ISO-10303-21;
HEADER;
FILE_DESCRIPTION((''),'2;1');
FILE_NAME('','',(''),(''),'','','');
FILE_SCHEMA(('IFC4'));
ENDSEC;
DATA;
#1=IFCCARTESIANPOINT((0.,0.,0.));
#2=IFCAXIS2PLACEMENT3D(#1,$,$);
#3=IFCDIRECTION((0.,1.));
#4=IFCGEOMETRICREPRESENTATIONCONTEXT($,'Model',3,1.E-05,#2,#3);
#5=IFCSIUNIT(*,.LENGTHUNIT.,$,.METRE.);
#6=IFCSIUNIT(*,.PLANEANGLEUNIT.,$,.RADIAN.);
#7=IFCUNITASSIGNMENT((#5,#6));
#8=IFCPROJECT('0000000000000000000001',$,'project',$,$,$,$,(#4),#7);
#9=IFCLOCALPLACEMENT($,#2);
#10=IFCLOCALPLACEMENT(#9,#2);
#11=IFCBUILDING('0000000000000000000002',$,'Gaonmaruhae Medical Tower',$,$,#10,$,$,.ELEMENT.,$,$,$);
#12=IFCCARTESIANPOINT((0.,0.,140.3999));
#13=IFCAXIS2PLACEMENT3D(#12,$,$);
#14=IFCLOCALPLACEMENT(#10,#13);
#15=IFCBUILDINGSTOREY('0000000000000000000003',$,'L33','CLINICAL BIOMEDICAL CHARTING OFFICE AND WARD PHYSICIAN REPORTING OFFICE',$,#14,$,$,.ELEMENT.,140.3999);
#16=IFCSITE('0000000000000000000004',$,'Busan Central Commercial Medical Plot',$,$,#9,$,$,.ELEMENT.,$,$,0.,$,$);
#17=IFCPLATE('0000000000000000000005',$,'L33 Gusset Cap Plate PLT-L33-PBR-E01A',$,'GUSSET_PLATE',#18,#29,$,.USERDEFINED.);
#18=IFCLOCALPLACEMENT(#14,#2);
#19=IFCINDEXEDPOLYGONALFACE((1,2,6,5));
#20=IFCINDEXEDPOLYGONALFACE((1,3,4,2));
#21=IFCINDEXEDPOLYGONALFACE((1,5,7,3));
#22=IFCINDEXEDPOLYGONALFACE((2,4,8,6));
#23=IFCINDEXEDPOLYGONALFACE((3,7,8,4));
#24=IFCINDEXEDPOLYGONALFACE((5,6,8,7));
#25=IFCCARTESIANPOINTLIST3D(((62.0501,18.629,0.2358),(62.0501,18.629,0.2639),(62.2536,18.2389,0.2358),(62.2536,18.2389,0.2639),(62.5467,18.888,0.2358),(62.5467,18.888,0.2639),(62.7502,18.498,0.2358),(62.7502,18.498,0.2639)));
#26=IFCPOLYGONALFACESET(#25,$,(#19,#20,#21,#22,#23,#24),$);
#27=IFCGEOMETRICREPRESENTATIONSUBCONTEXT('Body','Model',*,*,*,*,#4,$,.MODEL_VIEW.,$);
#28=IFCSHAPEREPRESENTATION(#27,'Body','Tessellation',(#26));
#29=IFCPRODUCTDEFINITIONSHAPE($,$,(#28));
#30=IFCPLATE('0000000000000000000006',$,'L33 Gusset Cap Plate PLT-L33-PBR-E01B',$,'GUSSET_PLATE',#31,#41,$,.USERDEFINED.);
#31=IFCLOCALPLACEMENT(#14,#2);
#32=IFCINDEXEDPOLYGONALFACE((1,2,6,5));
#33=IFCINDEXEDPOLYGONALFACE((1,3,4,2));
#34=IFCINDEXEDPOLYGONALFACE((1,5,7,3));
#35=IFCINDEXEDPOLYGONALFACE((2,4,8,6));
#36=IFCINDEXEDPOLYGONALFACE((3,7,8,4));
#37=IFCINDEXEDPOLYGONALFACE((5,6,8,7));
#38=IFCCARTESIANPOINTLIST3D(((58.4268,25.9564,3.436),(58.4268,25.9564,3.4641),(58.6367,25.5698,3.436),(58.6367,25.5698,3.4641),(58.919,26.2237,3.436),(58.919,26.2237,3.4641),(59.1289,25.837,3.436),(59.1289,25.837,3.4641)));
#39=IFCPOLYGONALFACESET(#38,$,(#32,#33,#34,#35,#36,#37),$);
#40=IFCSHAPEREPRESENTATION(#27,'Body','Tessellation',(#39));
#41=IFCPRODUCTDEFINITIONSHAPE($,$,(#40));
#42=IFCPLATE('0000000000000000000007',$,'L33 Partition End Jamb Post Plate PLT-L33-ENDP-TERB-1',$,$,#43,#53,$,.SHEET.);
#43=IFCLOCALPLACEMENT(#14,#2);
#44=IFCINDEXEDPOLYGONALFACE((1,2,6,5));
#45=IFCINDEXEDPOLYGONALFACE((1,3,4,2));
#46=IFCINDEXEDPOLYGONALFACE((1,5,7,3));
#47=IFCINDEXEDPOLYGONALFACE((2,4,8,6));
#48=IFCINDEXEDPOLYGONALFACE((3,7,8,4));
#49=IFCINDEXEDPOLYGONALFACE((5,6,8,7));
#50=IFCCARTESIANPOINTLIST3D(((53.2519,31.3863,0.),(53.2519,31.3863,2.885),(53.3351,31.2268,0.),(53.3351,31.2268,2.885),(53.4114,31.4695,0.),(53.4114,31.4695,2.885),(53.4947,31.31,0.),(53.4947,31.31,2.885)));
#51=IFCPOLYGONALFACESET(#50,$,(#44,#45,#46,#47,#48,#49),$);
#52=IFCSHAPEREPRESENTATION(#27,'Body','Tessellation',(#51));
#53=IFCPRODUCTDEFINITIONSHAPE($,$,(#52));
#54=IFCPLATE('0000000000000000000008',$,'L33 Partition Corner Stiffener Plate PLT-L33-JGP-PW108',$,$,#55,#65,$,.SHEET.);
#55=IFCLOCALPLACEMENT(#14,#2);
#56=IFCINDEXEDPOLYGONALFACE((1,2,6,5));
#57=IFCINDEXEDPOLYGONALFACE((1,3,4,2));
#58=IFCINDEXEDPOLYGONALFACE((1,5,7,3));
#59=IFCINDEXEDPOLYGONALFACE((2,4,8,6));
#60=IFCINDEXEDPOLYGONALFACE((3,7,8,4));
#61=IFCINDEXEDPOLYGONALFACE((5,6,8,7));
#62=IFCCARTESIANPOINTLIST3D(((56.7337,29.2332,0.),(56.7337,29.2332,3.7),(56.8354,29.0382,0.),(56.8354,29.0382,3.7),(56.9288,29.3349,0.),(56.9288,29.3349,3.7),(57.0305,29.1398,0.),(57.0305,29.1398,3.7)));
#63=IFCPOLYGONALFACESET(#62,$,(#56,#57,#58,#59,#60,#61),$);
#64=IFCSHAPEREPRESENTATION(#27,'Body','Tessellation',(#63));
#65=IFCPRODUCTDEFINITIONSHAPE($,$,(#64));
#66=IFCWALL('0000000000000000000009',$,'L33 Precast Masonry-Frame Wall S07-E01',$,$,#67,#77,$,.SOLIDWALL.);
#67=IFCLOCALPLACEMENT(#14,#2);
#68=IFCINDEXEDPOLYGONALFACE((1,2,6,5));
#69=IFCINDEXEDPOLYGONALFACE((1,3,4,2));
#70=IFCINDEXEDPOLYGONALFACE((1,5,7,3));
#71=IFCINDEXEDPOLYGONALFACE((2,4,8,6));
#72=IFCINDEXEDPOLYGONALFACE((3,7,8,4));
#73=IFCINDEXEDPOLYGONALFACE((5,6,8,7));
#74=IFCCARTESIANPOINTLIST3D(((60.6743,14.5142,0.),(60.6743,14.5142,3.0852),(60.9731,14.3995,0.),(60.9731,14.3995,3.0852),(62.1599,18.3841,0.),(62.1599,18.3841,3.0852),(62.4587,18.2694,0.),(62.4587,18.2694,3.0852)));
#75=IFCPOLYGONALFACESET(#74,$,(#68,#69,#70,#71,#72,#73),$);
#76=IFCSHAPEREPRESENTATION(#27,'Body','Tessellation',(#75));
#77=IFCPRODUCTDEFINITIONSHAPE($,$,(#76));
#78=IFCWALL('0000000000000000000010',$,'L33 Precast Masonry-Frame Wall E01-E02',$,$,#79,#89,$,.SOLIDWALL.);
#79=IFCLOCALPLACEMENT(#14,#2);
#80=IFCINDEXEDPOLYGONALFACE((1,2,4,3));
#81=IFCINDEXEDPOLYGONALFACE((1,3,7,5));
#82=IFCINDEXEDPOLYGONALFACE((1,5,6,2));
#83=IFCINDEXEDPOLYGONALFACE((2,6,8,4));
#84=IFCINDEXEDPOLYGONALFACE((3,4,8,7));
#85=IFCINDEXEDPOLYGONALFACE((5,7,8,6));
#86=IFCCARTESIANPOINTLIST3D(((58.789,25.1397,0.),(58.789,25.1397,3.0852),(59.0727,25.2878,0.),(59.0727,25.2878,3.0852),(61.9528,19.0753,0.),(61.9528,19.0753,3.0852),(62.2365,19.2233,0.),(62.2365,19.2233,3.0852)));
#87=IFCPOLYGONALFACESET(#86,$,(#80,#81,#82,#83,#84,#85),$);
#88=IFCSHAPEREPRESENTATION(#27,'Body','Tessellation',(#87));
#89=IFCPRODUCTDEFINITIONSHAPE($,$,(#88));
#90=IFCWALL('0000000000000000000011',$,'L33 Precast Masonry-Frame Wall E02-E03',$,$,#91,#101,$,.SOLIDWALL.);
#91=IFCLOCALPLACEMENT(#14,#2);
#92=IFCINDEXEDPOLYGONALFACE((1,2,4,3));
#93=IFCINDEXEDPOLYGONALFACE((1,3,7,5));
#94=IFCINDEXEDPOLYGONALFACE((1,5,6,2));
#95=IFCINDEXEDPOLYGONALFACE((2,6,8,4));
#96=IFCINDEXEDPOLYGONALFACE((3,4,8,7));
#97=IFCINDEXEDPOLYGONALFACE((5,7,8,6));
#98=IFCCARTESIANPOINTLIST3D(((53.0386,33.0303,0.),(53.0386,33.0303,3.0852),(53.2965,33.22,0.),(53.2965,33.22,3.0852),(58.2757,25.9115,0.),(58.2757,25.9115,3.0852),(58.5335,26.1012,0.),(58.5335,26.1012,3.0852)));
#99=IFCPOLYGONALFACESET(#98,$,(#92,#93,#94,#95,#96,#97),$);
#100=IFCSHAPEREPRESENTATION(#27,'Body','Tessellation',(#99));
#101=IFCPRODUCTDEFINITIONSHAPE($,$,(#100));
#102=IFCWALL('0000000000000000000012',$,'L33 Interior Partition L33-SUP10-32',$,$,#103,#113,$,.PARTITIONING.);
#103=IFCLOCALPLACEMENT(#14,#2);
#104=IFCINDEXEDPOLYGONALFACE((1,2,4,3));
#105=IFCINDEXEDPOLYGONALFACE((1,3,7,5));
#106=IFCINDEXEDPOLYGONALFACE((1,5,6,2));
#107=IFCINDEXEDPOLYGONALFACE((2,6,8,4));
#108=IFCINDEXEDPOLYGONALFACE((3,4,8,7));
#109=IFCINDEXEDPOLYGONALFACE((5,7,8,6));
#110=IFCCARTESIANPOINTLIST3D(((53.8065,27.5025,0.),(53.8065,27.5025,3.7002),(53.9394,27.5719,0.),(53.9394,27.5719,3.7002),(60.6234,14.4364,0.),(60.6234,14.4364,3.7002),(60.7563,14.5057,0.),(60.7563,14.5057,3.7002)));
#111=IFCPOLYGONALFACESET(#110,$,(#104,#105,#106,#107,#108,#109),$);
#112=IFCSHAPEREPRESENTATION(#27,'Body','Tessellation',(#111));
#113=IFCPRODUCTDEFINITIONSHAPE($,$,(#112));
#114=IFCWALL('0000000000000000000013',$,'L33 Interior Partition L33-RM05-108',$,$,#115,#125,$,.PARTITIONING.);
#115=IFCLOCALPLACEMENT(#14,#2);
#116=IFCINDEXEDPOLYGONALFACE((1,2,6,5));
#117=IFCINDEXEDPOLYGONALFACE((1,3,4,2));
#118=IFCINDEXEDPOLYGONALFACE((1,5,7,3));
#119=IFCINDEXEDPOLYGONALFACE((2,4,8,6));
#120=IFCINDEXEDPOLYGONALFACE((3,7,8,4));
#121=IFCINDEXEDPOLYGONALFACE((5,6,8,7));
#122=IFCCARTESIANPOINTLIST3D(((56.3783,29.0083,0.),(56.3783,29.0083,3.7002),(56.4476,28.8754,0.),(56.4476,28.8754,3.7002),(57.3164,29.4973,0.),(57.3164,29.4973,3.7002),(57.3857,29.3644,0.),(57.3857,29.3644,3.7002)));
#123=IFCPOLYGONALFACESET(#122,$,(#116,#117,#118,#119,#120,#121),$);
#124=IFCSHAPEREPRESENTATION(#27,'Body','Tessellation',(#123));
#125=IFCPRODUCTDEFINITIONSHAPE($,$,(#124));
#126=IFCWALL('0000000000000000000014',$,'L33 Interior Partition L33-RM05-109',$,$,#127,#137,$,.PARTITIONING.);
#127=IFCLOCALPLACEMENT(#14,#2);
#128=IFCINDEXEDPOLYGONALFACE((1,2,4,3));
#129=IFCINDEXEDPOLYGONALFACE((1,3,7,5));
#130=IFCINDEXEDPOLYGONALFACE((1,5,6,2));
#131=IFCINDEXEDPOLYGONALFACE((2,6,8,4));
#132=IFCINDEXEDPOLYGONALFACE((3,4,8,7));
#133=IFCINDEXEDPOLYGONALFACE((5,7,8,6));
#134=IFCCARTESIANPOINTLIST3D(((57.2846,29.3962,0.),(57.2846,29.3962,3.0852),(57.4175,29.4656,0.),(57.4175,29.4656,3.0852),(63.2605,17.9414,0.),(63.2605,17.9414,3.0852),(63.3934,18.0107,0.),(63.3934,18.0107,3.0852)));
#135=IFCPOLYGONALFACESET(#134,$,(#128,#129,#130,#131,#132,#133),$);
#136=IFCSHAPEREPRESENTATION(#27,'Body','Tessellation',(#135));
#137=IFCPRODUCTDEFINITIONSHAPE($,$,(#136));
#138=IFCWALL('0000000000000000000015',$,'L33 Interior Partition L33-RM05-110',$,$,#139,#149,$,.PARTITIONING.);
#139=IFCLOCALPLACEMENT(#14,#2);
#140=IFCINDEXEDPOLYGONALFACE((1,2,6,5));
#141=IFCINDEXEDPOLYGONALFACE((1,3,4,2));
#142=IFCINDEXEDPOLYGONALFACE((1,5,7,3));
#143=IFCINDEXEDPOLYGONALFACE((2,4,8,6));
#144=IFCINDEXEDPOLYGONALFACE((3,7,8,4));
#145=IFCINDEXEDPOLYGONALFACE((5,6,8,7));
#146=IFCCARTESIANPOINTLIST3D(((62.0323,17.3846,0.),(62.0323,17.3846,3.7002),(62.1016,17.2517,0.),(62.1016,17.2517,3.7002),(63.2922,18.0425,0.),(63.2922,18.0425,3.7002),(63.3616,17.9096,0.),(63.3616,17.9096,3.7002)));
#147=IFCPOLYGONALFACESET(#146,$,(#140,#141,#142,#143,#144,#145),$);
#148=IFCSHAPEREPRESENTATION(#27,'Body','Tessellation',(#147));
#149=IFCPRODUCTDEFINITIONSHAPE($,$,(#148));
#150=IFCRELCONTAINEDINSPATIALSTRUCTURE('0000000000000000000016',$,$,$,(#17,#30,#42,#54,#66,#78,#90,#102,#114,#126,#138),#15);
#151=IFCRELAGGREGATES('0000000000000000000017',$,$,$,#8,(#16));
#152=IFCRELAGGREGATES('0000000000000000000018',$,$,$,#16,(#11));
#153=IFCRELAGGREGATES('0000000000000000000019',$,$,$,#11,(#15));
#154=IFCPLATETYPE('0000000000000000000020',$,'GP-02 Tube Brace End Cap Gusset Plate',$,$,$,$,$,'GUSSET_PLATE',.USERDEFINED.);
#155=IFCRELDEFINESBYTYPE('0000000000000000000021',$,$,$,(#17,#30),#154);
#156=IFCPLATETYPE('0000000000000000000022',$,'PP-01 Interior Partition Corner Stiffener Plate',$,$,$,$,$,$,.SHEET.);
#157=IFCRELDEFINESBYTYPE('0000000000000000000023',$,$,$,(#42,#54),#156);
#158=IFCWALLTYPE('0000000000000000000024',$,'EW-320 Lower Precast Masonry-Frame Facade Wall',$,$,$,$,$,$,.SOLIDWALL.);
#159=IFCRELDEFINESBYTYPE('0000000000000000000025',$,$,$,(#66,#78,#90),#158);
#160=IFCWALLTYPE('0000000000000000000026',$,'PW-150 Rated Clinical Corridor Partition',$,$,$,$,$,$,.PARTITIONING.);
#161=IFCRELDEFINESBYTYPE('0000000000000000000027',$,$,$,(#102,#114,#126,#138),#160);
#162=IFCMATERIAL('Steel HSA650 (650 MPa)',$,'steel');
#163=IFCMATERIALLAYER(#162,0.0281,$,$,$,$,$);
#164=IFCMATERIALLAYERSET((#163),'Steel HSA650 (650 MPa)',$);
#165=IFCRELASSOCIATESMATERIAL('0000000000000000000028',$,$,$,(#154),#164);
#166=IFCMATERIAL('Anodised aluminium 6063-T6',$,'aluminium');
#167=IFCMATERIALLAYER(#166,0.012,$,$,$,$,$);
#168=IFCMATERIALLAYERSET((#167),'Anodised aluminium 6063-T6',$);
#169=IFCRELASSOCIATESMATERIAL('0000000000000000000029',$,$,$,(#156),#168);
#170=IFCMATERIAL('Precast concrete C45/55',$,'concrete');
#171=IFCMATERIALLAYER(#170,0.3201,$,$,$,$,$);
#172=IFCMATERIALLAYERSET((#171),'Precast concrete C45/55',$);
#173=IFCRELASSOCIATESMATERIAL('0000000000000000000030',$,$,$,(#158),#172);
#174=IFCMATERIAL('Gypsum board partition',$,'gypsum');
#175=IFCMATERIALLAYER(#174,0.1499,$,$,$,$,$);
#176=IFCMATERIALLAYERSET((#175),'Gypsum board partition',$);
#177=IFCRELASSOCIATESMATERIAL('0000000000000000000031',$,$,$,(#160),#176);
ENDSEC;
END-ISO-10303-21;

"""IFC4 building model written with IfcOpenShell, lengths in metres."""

from ifc_helpers import new_model, si_unit, direction, frame, frame_2d, origin, origin_2d, place, context, subcontext, project, spatial, rectangle, extrude, material, layer, layer_set, type_object, element, save


model = new_model("IFC4")

# Units and contexts
model_context = context("Model", 3, precision=1e-05, world=origin(), true_north=direction((0.0, 1.0)))
body_context = subcontext(model_context, "Body", "Model", "MODEL_VIEW")
ifc_project = project(units=[si_unit("LENGTHUNIT", "METRE"), si_unit("PLANEANGLEUNIT", "RADIAN")], contexts=[model_context])

# Site, building, storey
site_placement = place(None, origin())
site = spatial("IfcSite", under=ifc_project, at=site_placement, Name="Busan Central Commercial Medical Plot", CompositionType="ELEMENT", RefElevation=0.0)
building_placement = place(site_placement, origin())
building = spatial("IfcBuilding", under=site, at=building_placement, Name="Gaonmaruhae Medical Tower", CompositionType="ELEMENT")
storey_placement = place(building_placement, frame((0.0, 0.0, 140.3999)))
storey = spatial("IfcBuildingStorey", under=building, at=storey_placement, Name="L33", Description="CLINICAL BIOMEDICAL CHARTING OFFICE AND WARD PHYSICIAN REPORTING OFFICE", CompositionType="ELEMENT", Elevation=140.3999)

# Plates
ifc_material_1 = material(Name="Steel HSA650 (650 MPa)", Category="steel")
ifc_layer_1 = layer(ifc_material_1, 0.0281)
ifc_layer_set_1 = layer_set([ifc_layer_1], Name="Steel HSA650 (650 MPa)")
plate_type_1 = type_object("IfcPlateType", Name="GP-02 Tube Brace End Cap Gusset Plate", ElementType="GUSSET_PLATE", PredefinedType="USERDEFINED", material=ifc_layer_set_1)
for number, where, z_axis, x_axis, name in (
    (1, (62.4001, 18.5635, 0.2358), (0.0, 0.0, 1.0), (0.886608, 0.462523, 0.0), "L33 Gusset Cap Plate PLT-L33-PBR-E01A"),
    (2, (58.7778, 25.8967, 3.436), (0.0, 0.0, 1.0), (0.878817, 0.477159, 0.0), "L33 Gusset Cap Plate PLT-L33-PBR-E01B"),
):
    element("IfcPlate", number, at=place(storey_placement, frame(where, z_axis=z_axis, x_axis=x_axis)), inside=storey, type_object=plate_type_1, Name=name, ObjectType="GUSSET_PLATE", PredefinedType="USERDEFINED", context=body_context, shape_type="SweptSolid", body=[
        extrude(rectangle(XDim=0.5601, YDim=0.4399, at=origin_2d()), origin(), (0.0, 0.0, 1.0), 0.0281),
    ])
ifc_material_2 = material(Name="Anodised aluminium 6063-T6", Category="aluminium")
ifc_layer_2 = layer(ifc_material_2, 0.012)
ifc_layer_set_2 = layer_set([ifc_layer_2], Name="Anodised aluminium 6063-T6")
plate_type_2 = type_object("IfcPlateType", Name="PP-01 Interior Partition Corner Stiffener Plate", PredefinedType="SHEET", material=ifc_layer_set_2)
plate_1_placement = place(storey_placement, frame((53.3733, 31.3481, 0.0), z_axis=(0.0, 0.0, 1.0), x_axis=(0.886599, 0.462538, 0.0)))
element("IfcPlate", 3, at=plate_1_placement, inside=storey, type_object=plate_type_2, Name="L33 Partition End Jamb Post Plate PLT-L33-ENDP-TERB-1", PredefinedType="SHEET", context=body_context, shape_type="SweptSolid", body=[
    extrude(rectangle(XDim=0.1799, YDim=0.1799, at=origin_2d()), origin(), (0.0, 0.0, 1.0), 2.885),
])
plate_2_placement = place(storey_placement, frame((56.8821, 29.1865, 0.0), z_axis=(0.0, 0.0, 1.0), x_axis=(0.886737, 0.462275, 0.0)))
element("IfcPlate", 4, at=plate_2_placement, inside=storey, type_object=plate_type_2, Name="L33 Partition Corner Stiffener Plate PLT-L33-JGP-PW108", PredefinedType="SHEET", context=body_context, shape_type="SweptSolid", body=[
    extrude(rectangle(XDim=0.22, YDim=0.22, at=origin_2d()), origin(), (0.0, 0.0, 1.0), 3.7),
])

# Walls
ifc_material_3 = material(Name="Precast concrete C45/55", Category="concrete")
ifc_layer_3 = layer(ifc_material_3, 0.3201)
ifc_layer_set_3 = layer_set([ifc_layer_3], Name="Precast concrete C45/55")
wall_type_1 = type_object("IfcWallType", Name="EW-320 Lower Precast Masonry-Frame Facade Wall", PredefinedType="SOLIDWALL", material=ifc_layer_set_3)
wall_1_placement = place(storey_placement, frame((62.3093, 18.3269, 0.0), z_axis=(0.0, 0.0, 1.0), x_axis=(-0.358387, -0.933573, 0.0)))
element("IfcWall", 5, at=wall_1_placement, inside=storey, type_object=wall_type_1, Name="L33 Precast Masonry-Frame Wall S07-E01", PredefinedType="SOLIDWALL", context=body_context, shape_type="SweptSolid", body=[
    extrude(rectangle(XDim=4.1453, YDim=0.3201, at=frame_2d((2.0728, 0.0))), origin(), (0.0, 0.0, 1.0), 3.0852),
])
wall_2_placement = place(storey_placement, frame((58.9309, 25.2136, 0.0), z_axis=(0.0, 0.0, 1.0), x_axis=(0.462538, -0.886599, 0.0)))
element("IfcWall", 6, at=wall_2_placement, inside=storey, type_object=wall_type_1, Name="L33 Precast Masonry-Frame Wall E01-E02", PredefinedType="SOLIDWALL", context=body_context, shape_type="SweptSolid", body=[
    extrude(rectangle(XDim=6.8401, YDim=0.3201, at=frame_2d((3.4199, 0.0))), origin(), (0.0, 0.0, 1.0), 3.0852),
])
wall_3_placement = place(storey_placement, frame((53.1675, 33.1252, 0.0), z_axis=(0.0, 0.0, 1.0), x_axis=(0.59258, -0.805512, 0.0)))
element("IfcWall", 7, at=wall_3_placement, inside=storey, type_object=wall_type_1, Name="L33 Precast Masonry-Frame Wall E02-E03", PredefinedType="SOLIDWALL", context=body_context, shape_type="SweptSolid", body=[
    extrude(rectangle(XDim=8.8376, YDim=0.3201, at=frame_2d((4.4189, 0.0))), origin(), (0.0, 0.0, 1.0), 3.0852),
])
ifc_material_4 = material(Name="Gypsum board partition", Category="gypsum")
ifc_layer_4 = layer(ifc_material_4, 0.1499)
ifc_layer_set_4 = layer_set([ifc_layer_4], Name="Gypsum board partition")
wall_type_2 = type_object("IfcWallType", Name="PW-150 Rated Clinical Corridor Partition", PredefinedType="PARTITIONING", material=ifc_layer_set_4)
wall_4_placement = place(storey_placement, frame((53.873, 27.5371, 0.0), z_axis=(0.0, 0.0, 1.0), x_axis=(0.462554, -0.886591, 0.0)))
element("IfcWall", 8, at=wall_4_placement, inside=storey, type_object=wall_type_2, Name="L33 Interior Partition L33-SUP10-32", PredefinedType="PARTITIONING", context=body_context, shape_type="SweptSolid", body=[
    extrude(rectangle(XDim=14.7375, YDim=0.1499, at=frame_2d((7.3687, 0.0))), origin(), (0.0, 0.0, 1.0), 3.7002),
])

# Walls
wall_5_placement = place(storey_placement, frame((56.4131, 28.9419, 0.0), z_axis=(0.0, 0.0, 1.0), x_axis=(0.886729, 0.46229, 0.0)))
element("IfcWall", 9, at=wall_5_placement, inside=storey, type_object=wall_type_2, Name="L33 Interior Partition L33-RM05-108", PredefinedType="PARTITIONING", context=body_context, shape_type="SweptSolid", body=[
    extrude(rectangle(XDim=1.0579, YDim=0.1499, at=frame_2d((0.5288, 0.0))), origin(), (0.0, 0.0, 1.0), 3.7002),
])
wall_6_placement = place(storey_placement, frame((57.3511, 29.4309, 0.0), z_axis=(0.0, 0.0, 1.0), x_axis=(0.462529, -0.886604, 0.0)))
element("IfcWall", 10, at=wall_6_placement, inside=storey, type_object=wall_type_2, Name="L33 Interior Partition L33-RM05-109", PredefinedType="PARTITIONING", context=body_context, shape_type="SweptSolid", body=[
    extrude(rectangle(XDim=12.9199, YDim=0.1499, at=frame_2d((6.46, 0.0))), origin(), (0.0, 0.0, 1.0), 3.0852),
])
wall_7_placement = place(storey_placement, frame((63.3269, 17.9761, 0.0), z_axis=(0.0, 0.0, 1.0), x_axis=(-0.886422, -0.462877, 0.0)))
element("IfcWall", 11, at=wall_7_placement, inside=storey, type_object=wall_type_2, Name="L33 Interior Partition L33-RM05-110", PredefinedType="PARTITIONING", context=body_context, shape_type="SweptSolid", body=[
    extrude(rectangle(XDim=1.4214, YDim=0.1499, at=frame_2d((0.7107, 0.0))), origin(), (0.0, 0.0, 1.0), 3.7002),
])

save(model, "model.ifc")
